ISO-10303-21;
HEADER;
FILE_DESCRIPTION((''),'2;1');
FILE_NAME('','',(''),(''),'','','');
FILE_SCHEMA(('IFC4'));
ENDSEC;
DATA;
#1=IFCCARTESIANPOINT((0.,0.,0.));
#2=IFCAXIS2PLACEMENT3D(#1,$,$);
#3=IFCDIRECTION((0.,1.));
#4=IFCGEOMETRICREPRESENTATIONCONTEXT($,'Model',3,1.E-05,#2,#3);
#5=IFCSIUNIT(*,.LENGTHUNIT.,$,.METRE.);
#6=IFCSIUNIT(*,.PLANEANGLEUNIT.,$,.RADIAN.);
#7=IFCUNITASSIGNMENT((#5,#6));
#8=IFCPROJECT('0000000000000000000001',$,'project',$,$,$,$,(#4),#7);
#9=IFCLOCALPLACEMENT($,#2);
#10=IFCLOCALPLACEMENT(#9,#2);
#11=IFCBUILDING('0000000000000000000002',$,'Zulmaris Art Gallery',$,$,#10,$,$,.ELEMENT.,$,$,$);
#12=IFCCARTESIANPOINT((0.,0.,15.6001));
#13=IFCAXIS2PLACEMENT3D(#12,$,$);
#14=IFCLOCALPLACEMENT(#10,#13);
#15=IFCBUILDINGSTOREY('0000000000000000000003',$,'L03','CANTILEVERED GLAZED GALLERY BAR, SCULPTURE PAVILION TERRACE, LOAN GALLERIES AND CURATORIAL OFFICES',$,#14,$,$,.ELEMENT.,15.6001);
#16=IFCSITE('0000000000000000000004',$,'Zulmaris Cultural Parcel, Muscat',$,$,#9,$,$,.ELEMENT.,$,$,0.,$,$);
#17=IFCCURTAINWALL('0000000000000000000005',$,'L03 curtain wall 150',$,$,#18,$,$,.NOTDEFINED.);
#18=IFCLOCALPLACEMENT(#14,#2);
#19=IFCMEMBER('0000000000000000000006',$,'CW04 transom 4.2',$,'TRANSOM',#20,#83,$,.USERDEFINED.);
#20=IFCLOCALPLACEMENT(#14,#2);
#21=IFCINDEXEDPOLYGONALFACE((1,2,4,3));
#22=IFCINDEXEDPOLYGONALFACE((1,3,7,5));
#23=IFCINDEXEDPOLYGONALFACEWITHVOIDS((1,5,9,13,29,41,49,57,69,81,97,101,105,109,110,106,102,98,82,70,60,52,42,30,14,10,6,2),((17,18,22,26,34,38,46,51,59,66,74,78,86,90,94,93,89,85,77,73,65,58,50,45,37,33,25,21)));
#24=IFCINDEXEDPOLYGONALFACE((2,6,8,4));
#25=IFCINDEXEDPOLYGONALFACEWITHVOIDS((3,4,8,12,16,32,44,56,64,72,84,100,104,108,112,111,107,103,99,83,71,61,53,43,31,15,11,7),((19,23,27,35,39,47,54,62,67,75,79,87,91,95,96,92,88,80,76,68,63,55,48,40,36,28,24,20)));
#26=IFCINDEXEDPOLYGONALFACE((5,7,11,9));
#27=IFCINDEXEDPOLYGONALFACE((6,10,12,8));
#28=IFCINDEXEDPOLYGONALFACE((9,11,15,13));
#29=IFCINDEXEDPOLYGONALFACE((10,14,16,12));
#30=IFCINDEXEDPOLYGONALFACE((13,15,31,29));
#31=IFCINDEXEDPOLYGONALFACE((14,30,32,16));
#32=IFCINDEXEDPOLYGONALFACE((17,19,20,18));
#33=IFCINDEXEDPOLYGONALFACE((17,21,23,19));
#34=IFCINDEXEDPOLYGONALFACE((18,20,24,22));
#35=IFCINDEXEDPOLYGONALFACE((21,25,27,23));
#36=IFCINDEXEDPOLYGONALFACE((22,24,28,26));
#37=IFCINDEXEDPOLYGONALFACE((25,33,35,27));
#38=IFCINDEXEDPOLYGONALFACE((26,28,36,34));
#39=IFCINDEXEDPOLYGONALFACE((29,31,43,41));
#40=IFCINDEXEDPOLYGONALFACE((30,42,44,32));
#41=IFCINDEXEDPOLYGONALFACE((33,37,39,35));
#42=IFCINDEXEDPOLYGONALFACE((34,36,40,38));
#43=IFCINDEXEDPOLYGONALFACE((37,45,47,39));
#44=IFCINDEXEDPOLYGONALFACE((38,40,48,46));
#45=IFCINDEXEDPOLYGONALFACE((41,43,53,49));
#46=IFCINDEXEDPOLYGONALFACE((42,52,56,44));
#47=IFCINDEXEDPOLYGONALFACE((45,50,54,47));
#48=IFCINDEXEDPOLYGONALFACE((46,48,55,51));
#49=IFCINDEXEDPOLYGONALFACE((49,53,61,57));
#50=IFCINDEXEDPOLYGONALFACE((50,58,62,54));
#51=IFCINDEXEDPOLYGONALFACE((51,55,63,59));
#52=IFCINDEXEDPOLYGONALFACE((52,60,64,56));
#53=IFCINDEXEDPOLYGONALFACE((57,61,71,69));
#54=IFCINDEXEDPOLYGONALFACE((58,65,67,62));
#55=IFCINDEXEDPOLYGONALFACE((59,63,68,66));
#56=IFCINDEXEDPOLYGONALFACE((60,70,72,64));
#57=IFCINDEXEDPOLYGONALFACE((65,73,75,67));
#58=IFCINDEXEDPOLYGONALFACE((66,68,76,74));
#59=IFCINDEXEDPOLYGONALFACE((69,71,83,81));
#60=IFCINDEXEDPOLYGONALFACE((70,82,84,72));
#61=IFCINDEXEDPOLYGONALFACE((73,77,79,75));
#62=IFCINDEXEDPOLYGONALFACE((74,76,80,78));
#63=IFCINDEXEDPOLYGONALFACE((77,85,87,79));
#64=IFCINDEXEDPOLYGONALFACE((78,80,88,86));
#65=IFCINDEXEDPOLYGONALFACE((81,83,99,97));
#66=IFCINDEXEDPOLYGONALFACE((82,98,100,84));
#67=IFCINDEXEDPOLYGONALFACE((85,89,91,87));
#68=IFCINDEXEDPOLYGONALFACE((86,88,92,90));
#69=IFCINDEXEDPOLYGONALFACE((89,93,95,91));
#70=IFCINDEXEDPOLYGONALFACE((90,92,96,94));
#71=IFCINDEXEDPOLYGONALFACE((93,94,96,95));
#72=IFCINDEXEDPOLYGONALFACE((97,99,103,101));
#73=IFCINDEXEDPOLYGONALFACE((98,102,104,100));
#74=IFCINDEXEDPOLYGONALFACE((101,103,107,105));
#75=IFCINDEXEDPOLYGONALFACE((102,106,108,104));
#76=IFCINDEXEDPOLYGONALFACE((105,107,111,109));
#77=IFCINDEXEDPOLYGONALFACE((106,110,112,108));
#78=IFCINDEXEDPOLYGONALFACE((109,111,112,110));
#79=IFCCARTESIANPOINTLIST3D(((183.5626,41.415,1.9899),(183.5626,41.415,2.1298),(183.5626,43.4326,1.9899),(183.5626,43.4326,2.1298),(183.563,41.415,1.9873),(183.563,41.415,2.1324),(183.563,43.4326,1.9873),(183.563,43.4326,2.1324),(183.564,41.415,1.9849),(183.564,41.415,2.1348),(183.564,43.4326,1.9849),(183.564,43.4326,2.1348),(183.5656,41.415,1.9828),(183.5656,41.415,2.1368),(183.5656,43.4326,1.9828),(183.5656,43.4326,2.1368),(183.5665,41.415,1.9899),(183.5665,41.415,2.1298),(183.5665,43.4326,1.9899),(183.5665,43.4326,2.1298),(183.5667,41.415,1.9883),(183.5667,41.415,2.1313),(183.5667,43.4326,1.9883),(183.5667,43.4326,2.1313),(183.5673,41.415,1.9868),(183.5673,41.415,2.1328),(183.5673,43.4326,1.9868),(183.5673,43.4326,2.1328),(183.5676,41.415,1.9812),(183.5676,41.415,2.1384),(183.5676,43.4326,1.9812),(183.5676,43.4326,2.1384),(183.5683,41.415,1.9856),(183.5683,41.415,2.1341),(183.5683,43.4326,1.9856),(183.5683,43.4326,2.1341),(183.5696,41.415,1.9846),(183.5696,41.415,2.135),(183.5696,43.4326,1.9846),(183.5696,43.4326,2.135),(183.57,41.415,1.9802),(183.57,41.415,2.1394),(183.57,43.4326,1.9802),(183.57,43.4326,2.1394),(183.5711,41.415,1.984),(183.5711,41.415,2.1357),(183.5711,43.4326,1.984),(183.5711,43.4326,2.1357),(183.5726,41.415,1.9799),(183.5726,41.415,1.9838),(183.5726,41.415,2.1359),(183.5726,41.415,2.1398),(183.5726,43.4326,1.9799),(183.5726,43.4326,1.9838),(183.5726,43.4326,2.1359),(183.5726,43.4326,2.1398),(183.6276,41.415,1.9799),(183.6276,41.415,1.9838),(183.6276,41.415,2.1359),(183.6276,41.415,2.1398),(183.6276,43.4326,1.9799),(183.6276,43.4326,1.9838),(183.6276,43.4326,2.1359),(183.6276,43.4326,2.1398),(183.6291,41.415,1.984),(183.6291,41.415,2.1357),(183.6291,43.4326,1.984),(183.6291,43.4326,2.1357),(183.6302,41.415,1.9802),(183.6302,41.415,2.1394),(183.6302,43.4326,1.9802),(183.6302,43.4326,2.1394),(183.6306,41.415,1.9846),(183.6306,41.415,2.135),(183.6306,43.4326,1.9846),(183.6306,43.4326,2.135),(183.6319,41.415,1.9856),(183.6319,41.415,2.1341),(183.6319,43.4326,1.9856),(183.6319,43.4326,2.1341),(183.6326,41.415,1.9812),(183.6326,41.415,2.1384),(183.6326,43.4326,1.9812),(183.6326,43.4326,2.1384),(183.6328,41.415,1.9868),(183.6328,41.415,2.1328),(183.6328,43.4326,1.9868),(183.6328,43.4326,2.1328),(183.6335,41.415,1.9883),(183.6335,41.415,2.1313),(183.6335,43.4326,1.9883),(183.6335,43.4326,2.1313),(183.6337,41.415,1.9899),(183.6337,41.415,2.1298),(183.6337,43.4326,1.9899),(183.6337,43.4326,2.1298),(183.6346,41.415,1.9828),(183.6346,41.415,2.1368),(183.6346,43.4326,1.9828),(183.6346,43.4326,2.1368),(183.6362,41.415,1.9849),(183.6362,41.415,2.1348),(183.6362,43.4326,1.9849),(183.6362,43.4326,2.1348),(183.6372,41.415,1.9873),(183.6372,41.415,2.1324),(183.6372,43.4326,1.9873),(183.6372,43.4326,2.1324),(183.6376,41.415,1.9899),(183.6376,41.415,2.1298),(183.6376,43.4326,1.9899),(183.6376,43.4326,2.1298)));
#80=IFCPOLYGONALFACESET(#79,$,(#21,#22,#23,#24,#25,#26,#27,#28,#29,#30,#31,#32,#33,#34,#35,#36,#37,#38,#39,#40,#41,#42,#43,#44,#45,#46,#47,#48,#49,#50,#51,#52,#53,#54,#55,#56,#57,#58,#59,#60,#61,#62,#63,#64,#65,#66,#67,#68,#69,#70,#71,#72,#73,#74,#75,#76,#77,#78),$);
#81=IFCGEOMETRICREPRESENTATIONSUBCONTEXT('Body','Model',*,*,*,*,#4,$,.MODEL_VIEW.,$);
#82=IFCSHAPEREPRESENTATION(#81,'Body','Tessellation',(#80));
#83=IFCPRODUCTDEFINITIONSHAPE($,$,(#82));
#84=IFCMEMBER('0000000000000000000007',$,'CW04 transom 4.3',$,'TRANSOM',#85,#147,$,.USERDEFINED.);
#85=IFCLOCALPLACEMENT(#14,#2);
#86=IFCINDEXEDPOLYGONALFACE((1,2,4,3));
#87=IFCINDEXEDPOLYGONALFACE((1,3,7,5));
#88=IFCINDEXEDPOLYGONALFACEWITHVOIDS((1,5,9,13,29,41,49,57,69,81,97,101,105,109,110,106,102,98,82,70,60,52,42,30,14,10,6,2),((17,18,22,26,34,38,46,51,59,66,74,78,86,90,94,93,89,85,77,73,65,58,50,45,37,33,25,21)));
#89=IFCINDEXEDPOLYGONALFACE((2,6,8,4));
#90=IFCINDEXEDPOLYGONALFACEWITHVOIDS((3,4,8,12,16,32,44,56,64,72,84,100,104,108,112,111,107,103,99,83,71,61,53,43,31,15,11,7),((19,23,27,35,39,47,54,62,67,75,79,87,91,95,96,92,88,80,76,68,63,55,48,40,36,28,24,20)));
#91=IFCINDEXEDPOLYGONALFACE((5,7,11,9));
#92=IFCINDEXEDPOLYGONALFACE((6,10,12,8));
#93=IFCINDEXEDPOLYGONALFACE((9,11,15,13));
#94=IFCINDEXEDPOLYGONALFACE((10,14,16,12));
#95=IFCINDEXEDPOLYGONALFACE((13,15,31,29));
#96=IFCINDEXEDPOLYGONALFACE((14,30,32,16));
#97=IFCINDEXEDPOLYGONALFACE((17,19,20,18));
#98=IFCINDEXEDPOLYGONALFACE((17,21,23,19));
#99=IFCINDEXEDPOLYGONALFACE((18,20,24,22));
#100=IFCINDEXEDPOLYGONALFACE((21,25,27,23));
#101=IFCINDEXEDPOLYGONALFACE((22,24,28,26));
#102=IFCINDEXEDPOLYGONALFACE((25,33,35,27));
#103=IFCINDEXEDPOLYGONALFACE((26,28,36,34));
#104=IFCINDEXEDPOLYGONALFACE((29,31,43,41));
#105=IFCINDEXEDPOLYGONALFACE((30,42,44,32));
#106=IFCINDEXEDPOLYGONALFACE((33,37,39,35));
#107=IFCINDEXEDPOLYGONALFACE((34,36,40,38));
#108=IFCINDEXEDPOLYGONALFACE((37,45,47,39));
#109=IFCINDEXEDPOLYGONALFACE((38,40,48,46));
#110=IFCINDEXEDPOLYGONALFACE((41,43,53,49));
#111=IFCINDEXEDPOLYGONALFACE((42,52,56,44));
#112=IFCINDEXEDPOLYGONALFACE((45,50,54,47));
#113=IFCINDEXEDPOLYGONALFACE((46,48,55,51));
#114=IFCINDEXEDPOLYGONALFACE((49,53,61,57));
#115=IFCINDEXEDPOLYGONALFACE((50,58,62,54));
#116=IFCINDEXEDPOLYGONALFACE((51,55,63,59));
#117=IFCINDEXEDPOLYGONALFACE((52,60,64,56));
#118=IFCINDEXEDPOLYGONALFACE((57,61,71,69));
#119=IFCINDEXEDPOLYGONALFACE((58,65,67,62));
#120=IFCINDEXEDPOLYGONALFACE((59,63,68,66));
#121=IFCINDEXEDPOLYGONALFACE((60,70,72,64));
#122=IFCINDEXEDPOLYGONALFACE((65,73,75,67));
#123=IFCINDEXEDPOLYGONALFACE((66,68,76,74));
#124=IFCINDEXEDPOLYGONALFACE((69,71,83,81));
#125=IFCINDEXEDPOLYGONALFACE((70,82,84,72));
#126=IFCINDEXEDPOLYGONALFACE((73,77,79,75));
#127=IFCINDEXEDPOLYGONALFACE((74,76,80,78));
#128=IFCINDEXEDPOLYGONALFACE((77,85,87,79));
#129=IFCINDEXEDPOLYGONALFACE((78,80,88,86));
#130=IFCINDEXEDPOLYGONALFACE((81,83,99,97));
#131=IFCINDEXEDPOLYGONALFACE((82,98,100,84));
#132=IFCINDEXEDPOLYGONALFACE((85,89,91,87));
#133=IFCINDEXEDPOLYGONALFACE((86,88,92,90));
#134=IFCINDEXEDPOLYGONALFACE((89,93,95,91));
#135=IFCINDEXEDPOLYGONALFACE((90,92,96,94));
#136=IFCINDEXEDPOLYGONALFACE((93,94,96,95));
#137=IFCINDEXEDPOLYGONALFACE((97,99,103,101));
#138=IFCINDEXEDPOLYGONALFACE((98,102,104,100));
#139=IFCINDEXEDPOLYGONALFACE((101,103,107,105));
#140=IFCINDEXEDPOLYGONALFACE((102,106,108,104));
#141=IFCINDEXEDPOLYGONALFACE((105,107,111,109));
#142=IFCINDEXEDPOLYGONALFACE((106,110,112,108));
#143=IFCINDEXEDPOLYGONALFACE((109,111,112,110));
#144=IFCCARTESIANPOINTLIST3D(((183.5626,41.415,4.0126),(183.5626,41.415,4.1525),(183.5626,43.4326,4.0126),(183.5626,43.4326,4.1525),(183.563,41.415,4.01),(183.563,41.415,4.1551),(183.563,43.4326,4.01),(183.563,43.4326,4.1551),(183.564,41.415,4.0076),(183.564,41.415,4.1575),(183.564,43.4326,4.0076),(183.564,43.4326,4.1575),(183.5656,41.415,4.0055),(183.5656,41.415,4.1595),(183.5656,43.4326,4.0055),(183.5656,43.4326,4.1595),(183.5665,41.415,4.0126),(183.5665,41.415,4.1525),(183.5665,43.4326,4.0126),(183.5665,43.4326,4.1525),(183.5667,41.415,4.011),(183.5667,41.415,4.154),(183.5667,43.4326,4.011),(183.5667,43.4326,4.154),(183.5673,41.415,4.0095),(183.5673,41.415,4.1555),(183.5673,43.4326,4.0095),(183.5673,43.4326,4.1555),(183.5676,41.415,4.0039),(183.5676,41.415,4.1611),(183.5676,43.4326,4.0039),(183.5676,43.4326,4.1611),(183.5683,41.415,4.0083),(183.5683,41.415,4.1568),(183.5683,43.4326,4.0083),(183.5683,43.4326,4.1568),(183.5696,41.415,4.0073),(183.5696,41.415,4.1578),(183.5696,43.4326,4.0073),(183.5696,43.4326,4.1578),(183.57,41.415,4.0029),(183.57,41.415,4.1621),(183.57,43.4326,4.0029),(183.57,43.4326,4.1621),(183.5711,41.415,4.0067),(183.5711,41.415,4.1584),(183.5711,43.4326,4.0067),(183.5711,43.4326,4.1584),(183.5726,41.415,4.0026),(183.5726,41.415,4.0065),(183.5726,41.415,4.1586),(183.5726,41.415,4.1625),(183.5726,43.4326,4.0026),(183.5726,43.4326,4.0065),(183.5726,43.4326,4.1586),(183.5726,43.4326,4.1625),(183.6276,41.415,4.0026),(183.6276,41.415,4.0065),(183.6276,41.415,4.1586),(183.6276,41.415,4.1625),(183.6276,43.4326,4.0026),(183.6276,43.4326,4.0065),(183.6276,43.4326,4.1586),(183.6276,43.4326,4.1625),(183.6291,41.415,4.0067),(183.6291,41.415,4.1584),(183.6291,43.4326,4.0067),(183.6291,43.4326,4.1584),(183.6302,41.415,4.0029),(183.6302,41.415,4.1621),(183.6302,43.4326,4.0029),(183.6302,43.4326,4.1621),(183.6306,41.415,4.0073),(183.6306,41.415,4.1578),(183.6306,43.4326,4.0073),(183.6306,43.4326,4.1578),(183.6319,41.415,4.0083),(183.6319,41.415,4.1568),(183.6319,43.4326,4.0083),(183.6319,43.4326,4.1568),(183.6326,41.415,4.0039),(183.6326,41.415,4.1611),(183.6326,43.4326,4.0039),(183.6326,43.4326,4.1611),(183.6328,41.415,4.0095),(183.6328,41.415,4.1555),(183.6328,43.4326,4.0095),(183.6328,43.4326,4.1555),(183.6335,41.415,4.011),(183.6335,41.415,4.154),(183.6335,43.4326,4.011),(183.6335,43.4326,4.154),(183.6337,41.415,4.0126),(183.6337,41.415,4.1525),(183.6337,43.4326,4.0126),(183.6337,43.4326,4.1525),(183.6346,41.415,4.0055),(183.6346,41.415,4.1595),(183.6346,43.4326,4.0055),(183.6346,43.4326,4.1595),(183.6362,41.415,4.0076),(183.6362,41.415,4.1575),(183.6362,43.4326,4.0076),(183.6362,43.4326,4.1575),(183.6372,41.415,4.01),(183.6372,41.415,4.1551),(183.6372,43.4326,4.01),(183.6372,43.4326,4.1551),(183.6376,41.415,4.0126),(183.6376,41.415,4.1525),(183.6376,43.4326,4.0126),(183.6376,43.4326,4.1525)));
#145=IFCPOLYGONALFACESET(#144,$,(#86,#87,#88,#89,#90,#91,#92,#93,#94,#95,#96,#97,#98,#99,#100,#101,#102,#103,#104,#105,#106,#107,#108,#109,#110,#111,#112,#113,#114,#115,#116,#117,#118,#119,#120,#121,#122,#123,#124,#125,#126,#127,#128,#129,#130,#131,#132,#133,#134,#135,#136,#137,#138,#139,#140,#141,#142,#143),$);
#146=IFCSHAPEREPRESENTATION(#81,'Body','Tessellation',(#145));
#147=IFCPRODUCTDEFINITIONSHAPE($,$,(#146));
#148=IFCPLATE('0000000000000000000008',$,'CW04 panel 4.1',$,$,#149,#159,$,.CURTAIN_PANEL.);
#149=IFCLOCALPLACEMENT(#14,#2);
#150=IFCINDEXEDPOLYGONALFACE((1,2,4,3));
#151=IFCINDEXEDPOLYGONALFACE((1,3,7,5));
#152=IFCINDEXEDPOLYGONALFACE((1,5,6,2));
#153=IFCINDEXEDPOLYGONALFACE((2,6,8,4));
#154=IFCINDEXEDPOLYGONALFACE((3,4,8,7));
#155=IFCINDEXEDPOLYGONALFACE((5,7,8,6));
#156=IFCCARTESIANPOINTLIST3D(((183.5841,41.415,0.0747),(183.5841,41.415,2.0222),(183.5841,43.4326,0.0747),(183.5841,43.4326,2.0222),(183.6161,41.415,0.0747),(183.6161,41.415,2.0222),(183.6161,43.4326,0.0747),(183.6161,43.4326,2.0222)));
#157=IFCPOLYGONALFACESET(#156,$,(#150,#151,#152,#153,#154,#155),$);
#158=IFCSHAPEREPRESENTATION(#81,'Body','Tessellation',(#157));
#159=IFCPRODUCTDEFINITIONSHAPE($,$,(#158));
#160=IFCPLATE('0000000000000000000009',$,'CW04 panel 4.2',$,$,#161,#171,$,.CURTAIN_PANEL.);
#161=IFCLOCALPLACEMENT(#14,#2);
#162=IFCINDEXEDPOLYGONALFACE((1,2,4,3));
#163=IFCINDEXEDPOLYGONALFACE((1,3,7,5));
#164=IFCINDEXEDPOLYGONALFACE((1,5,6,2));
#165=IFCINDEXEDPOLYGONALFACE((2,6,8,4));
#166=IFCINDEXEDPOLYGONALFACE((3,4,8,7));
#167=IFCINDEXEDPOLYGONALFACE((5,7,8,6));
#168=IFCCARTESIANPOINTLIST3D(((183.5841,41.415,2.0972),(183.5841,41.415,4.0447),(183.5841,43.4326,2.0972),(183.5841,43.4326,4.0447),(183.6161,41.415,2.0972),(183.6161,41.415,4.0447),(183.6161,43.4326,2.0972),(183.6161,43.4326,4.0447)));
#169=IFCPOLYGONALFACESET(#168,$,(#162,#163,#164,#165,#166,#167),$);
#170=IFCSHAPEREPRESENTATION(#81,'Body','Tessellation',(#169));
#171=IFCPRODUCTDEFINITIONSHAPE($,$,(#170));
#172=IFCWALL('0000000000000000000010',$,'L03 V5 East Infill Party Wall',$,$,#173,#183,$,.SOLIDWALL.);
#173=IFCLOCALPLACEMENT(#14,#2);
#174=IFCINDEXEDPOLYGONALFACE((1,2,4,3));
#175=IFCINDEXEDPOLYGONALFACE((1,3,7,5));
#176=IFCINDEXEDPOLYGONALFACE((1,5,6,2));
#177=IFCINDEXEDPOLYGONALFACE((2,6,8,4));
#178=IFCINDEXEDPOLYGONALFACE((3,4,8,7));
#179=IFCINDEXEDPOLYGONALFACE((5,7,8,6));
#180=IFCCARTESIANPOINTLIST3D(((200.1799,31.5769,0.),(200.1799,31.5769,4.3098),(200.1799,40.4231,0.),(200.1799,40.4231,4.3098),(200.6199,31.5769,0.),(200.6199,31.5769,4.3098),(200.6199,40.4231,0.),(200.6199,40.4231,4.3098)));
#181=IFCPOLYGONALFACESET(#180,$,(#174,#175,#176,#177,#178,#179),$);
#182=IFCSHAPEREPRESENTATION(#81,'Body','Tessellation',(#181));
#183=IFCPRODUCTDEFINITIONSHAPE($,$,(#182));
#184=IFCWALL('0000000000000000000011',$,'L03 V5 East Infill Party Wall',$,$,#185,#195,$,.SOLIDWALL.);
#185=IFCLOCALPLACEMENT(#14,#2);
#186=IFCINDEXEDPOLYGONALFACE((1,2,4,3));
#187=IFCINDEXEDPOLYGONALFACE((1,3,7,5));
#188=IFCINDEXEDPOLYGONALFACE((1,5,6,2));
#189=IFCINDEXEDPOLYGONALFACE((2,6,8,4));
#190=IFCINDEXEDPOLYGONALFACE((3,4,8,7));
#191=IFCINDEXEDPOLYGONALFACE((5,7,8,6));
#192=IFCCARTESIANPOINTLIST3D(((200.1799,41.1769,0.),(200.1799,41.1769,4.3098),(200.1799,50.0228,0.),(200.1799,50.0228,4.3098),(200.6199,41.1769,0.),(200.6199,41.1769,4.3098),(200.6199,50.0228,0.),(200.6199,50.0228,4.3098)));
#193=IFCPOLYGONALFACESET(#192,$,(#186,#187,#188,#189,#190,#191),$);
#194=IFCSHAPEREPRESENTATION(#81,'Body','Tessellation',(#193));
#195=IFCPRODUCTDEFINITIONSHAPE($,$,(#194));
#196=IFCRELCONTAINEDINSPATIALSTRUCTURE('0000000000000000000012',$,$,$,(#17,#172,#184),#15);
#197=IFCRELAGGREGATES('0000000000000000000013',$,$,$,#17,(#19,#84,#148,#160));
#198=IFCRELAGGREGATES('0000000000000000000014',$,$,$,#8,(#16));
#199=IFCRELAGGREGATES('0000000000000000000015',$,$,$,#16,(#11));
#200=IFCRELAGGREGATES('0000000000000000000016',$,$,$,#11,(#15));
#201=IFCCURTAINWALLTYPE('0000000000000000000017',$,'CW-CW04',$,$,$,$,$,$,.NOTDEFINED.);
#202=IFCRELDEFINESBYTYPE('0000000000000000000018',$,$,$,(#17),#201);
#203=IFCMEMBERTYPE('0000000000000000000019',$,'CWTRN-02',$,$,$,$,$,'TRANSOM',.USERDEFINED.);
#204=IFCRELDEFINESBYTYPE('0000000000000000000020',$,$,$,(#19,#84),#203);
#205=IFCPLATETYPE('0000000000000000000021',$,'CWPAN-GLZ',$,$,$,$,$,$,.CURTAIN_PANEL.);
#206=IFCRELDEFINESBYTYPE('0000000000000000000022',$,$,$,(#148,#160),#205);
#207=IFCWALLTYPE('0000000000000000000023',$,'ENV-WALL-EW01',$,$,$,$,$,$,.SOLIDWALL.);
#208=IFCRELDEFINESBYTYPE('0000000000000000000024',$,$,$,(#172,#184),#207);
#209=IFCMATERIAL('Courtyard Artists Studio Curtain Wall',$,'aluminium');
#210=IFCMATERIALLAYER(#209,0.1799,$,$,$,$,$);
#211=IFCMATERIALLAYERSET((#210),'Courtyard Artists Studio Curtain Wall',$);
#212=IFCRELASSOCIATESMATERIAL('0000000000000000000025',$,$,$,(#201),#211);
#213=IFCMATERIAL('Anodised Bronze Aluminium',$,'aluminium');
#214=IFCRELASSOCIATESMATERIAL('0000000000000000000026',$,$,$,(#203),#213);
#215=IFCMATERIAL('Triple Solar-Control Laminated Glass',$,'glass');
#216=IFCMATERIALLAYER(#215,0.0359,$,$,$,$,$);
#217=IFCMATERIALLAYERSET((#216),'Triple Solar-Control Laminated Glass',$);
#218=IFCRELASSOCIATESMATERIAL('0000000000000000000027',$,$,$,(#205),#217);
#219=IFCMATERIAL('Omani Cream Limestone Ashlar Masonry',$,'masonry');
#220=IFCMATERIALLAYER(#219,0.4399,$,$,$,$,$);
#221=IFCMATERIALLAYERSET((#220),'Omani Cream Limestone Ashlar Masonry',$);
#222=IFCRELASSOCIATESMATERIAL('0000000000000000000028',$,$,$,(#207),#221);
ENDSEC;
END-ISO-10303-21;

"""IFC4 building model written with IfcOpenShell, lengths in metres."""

from ifc_helpers import new_model, si_unit, direction, frame, frame_2d, origin, origin_2d, place, context, subcontext, project, spatial, rectangle, hollow_rectangle, extrude, material, layer, layer_set, material_profile, profile_set, type_object, element, aggregate, save


model = new_model("IFC4")

# Units and contexts
model_context = context("Model", 3, precision=1e-05, world=origin(), true_north=direction((0.0, 1.0)))
body_context = subcontext(model_context, "Body", "Model", "MODEL_VIEW")
ifc_project = project(units=[si_unit("LENGTHUNIT", "METRE"), si_unit("PLANEANGLEUNIT", "RADIAN")], contexts=[model_context])

# Site, building, storey
site_placement = place(None, origin())
site = spatial("IfcSite", under=ifc_project, at=site_placement, Name="Zulmaris Cultural Parcel, Muscat", CompositionType="ELEMENT", RefElevation=0.0)
building_placement = place(site_placement, origin())
building = spatial("IfcBuilding", under=site, at=building_placement, Name="Zulmaris Art Gallery", CompositionType="ELEMENT")
storey_placement = place(building_placement, frame((0.0, 0.0, 15.6001)))
storey = spatial("IfcBuildingStorey", under=building, at=storey_placement, Name="L03", Description="CANTILEVERED GLAZED GALLERY BAR, SCULPTURE PAVILION TERRACE, LOAN GALLERIES AND CURATORIAL OFFICES", CompositionType="ELEMENT", Elevation=15.6001)

# Curtain wall, members, plates
ifc_material_1 = material(Name="Courtyard Artists Studio Curtain Wall", Category="aluminium")
ifc_layer_1 = layer(ifc_material_1, 0.1799)
ifc_layer_set_1 = layer_set([ifc_layer_1], Name="Courtyard Artists Studio Curtain Wall")
curtain_wall_type = type_object("IfcCurtainWallType", Name="CW-CW04", PredefinedType="NOTDEFINED", material=ifc_layer_set_1)
curtain_wall_placement = place(storey_placement, origin())
curtain_wall = element("IfcCurtainWall", 1, at=curtain_wall_placement, inside=storey, type_object=curtain_wall_type, Name="L03 curtain wall 150", PredefinedType="NOTDEFINED")
ifc_material_2 = material(Name="Anodised Bronze Aluminium", Category="aluminium")
ifc_material_profile_1 = material_profile(ifc_material_2, hollow_rectangle(XDim=0.075, YDim=0.1599, WallThickness=0.0039, InnerFilletRadius=0.0061, OuterFilletRadius=0.01, at=origin_2d()), Name="ALU 75x160x4")
ifc_profile_set_1 = profile_set([ifc_material_profile_1], Name="Anodised Bronze Aluminium")
member_type_1 = type_object("IfcMemberType", Name="CWTRN-02", ElementType="TRANSOM", PredefinedType="USERDEFINED", material=ifc_profile_set_1)
member_1_placement = place(storey_placement, frame((183.6001, 43.4326, 2.0598), z_axis=(0.0, -1.0, 0.0), x_axis=(1.0, 0.0, 0.0)))
member_1 = element("IfcMember", 2, at=member_1_placement, type_object=member_type_1, Name="CW04 transom 4.2", ObjectType="TRANSOM", PredefinedType="USERDEFINED", context=body_context, shape_type="SweptSolid", body=[
    extrude(hollow_rectangle(XDim=0.075, YDim=0.1599, WallThickness=0.0039, InnerFilletRadius=0.0061, OuterFilletRadius=0.01, at=origin_2d()), origin(), (0.0, 0.0, 1.0), 2.0176),
])
member_2_placement = place(storey_placement, frame((183.6001, 43.4326, 4.0825), z_axis=(0.0, -1.0, 0.0), x_axis=(1.0, 0.0, 0.0)))
member_2 = element("IfcMember", 3, at=member_2_placement, type_object=member_type_1, Name="CW04 transom 4.3", ObjectType="TRANSOM", PredefinedType="USERDEFINED", context=body_context, shape_type="SweptSolid", body=[
    extrude(hollow_rectangle(XDim=0.075, YDim=0.1599, WallThickness=0.0039, InnerFilletRadius=0.0061, OuterFilletRadius=0.01, at=origin_2d()), origin(), (0.0, 0.0, 1.0), 2.0176),
])
ifc_material_3 = material(Name="Triple Solar-Control Laminated Glass", Category="glass")
ifc_layer_2 = layer(ifc_material_3, 0.0359)
ifc_layer_set_2 = layer_set([ifc_layer_2], Name="Triple Solar-Control Laminated Glass")
plate_type = type_object("IfcPlateType", Name="CWPAN-GLZ", PredefinedType="CURTAIN_PANEL", material=ifc_layer_set_2)
plate_1_placement = place(storey_placement, frame((183.6001, 42.4238, 0.0747), z_axis=(0.0, 0.0, 1.0), x_axis=(0.0, -1.0, 0.0)))
plate_1 = element("IfcPlate", 4, at=plate_1_placement, type_object=plate_type, Name="CW04 panel 4.1", PredefinedType="CURTAIN_PANEL", context=body_context, shape_type="SweptSolid", body=[
    extrude(rectangle(XDim=2.0176, YDim=0.032, at=origin_2d()), origin(), (0.0, 0.0, 1.0), 1.9475),
])
plate_2_placement = place(storey_placement, frame((183.6001, 42.4238, 2.0972), z_axis=(0.0, 0.0, 1.0), x_axis=(0.0, -1.0, 0.0)))
plate_2 = element("IfcPlate", 5, at=plate_2_placement, type_object=plate_type, Name="CW04 panel 4.2", PredefinedType="CURTAIN_PANEL", context=body_context, shape_type="SweptSolid", body=[
    extrude(rectangle(XDim=2.0176, YDim=0.032, at=origin_2d()), origin(), (0.0, 0.0, 1.0), 1.9475),
])
aggregate(curtain_wall, [member_1, member_2, plate_1, plate_2])

# Walls
ifc_material_4 = material(Name="Omani Cream Limestone Ashlar Masonry", Category="masonry")
ifc_layer_3 = layer(ifc_material_4, 0.4399)
ifc_layer_set_3 = layer_set([ifc_layer_3], Name="Omani Cream Limestone Ashlar Masonry")
wall_type_1 = type_object("IfcWallType", Name="ENV-WALL-EW01", PredefinedType="SOLIDWALL", material=ifc_layer_set_3)
wall_1_placement = place(storey_placement, frame((200.3999, 31.5769, 0.0), z_axis=(0.0, 0.0, 1.0), x_axis=(0.0, 1.0, 0.0)))
element("IfcWall", 6, at=wall_1_placement, inside=storey, type_object=wall_type_1, Name="L03 V5 East Infill Party Wall", PredefinedType="SOLIDWALL", context=body_context, shape_type="SweptSolid", body=[
    extrude(rectangle(XDim=8.8462, YDim=0.4399, at=frame_2d((4.4231, 0.0))), origin(), (0.0, 0.0, 1.0), 4.3098),
])
wall_2_placement = place(storey_placement, frame((200.3999, 41.177, 0.0), z_axis=(0.0, 0.0, 1.0), x_axis=(0.0, 1.0, 0.0)))
element("IfcWall", 7, at=wall_2_placement, inside=storey, type_object=wall_type_1, Name="L03 V5 East Infill Party Wall", PredefinedType="SOLIDWALL", context=body_context, shape_type="SweptSolid", body=[
    extrude(rectangle(XDim=8.8459, YDim=0.4399, at=frame_2d((4.4229, 0.0))), origin(), (0.0, 0.0, 1.0), 4.3098),
])

save(model, "model.ifc")
